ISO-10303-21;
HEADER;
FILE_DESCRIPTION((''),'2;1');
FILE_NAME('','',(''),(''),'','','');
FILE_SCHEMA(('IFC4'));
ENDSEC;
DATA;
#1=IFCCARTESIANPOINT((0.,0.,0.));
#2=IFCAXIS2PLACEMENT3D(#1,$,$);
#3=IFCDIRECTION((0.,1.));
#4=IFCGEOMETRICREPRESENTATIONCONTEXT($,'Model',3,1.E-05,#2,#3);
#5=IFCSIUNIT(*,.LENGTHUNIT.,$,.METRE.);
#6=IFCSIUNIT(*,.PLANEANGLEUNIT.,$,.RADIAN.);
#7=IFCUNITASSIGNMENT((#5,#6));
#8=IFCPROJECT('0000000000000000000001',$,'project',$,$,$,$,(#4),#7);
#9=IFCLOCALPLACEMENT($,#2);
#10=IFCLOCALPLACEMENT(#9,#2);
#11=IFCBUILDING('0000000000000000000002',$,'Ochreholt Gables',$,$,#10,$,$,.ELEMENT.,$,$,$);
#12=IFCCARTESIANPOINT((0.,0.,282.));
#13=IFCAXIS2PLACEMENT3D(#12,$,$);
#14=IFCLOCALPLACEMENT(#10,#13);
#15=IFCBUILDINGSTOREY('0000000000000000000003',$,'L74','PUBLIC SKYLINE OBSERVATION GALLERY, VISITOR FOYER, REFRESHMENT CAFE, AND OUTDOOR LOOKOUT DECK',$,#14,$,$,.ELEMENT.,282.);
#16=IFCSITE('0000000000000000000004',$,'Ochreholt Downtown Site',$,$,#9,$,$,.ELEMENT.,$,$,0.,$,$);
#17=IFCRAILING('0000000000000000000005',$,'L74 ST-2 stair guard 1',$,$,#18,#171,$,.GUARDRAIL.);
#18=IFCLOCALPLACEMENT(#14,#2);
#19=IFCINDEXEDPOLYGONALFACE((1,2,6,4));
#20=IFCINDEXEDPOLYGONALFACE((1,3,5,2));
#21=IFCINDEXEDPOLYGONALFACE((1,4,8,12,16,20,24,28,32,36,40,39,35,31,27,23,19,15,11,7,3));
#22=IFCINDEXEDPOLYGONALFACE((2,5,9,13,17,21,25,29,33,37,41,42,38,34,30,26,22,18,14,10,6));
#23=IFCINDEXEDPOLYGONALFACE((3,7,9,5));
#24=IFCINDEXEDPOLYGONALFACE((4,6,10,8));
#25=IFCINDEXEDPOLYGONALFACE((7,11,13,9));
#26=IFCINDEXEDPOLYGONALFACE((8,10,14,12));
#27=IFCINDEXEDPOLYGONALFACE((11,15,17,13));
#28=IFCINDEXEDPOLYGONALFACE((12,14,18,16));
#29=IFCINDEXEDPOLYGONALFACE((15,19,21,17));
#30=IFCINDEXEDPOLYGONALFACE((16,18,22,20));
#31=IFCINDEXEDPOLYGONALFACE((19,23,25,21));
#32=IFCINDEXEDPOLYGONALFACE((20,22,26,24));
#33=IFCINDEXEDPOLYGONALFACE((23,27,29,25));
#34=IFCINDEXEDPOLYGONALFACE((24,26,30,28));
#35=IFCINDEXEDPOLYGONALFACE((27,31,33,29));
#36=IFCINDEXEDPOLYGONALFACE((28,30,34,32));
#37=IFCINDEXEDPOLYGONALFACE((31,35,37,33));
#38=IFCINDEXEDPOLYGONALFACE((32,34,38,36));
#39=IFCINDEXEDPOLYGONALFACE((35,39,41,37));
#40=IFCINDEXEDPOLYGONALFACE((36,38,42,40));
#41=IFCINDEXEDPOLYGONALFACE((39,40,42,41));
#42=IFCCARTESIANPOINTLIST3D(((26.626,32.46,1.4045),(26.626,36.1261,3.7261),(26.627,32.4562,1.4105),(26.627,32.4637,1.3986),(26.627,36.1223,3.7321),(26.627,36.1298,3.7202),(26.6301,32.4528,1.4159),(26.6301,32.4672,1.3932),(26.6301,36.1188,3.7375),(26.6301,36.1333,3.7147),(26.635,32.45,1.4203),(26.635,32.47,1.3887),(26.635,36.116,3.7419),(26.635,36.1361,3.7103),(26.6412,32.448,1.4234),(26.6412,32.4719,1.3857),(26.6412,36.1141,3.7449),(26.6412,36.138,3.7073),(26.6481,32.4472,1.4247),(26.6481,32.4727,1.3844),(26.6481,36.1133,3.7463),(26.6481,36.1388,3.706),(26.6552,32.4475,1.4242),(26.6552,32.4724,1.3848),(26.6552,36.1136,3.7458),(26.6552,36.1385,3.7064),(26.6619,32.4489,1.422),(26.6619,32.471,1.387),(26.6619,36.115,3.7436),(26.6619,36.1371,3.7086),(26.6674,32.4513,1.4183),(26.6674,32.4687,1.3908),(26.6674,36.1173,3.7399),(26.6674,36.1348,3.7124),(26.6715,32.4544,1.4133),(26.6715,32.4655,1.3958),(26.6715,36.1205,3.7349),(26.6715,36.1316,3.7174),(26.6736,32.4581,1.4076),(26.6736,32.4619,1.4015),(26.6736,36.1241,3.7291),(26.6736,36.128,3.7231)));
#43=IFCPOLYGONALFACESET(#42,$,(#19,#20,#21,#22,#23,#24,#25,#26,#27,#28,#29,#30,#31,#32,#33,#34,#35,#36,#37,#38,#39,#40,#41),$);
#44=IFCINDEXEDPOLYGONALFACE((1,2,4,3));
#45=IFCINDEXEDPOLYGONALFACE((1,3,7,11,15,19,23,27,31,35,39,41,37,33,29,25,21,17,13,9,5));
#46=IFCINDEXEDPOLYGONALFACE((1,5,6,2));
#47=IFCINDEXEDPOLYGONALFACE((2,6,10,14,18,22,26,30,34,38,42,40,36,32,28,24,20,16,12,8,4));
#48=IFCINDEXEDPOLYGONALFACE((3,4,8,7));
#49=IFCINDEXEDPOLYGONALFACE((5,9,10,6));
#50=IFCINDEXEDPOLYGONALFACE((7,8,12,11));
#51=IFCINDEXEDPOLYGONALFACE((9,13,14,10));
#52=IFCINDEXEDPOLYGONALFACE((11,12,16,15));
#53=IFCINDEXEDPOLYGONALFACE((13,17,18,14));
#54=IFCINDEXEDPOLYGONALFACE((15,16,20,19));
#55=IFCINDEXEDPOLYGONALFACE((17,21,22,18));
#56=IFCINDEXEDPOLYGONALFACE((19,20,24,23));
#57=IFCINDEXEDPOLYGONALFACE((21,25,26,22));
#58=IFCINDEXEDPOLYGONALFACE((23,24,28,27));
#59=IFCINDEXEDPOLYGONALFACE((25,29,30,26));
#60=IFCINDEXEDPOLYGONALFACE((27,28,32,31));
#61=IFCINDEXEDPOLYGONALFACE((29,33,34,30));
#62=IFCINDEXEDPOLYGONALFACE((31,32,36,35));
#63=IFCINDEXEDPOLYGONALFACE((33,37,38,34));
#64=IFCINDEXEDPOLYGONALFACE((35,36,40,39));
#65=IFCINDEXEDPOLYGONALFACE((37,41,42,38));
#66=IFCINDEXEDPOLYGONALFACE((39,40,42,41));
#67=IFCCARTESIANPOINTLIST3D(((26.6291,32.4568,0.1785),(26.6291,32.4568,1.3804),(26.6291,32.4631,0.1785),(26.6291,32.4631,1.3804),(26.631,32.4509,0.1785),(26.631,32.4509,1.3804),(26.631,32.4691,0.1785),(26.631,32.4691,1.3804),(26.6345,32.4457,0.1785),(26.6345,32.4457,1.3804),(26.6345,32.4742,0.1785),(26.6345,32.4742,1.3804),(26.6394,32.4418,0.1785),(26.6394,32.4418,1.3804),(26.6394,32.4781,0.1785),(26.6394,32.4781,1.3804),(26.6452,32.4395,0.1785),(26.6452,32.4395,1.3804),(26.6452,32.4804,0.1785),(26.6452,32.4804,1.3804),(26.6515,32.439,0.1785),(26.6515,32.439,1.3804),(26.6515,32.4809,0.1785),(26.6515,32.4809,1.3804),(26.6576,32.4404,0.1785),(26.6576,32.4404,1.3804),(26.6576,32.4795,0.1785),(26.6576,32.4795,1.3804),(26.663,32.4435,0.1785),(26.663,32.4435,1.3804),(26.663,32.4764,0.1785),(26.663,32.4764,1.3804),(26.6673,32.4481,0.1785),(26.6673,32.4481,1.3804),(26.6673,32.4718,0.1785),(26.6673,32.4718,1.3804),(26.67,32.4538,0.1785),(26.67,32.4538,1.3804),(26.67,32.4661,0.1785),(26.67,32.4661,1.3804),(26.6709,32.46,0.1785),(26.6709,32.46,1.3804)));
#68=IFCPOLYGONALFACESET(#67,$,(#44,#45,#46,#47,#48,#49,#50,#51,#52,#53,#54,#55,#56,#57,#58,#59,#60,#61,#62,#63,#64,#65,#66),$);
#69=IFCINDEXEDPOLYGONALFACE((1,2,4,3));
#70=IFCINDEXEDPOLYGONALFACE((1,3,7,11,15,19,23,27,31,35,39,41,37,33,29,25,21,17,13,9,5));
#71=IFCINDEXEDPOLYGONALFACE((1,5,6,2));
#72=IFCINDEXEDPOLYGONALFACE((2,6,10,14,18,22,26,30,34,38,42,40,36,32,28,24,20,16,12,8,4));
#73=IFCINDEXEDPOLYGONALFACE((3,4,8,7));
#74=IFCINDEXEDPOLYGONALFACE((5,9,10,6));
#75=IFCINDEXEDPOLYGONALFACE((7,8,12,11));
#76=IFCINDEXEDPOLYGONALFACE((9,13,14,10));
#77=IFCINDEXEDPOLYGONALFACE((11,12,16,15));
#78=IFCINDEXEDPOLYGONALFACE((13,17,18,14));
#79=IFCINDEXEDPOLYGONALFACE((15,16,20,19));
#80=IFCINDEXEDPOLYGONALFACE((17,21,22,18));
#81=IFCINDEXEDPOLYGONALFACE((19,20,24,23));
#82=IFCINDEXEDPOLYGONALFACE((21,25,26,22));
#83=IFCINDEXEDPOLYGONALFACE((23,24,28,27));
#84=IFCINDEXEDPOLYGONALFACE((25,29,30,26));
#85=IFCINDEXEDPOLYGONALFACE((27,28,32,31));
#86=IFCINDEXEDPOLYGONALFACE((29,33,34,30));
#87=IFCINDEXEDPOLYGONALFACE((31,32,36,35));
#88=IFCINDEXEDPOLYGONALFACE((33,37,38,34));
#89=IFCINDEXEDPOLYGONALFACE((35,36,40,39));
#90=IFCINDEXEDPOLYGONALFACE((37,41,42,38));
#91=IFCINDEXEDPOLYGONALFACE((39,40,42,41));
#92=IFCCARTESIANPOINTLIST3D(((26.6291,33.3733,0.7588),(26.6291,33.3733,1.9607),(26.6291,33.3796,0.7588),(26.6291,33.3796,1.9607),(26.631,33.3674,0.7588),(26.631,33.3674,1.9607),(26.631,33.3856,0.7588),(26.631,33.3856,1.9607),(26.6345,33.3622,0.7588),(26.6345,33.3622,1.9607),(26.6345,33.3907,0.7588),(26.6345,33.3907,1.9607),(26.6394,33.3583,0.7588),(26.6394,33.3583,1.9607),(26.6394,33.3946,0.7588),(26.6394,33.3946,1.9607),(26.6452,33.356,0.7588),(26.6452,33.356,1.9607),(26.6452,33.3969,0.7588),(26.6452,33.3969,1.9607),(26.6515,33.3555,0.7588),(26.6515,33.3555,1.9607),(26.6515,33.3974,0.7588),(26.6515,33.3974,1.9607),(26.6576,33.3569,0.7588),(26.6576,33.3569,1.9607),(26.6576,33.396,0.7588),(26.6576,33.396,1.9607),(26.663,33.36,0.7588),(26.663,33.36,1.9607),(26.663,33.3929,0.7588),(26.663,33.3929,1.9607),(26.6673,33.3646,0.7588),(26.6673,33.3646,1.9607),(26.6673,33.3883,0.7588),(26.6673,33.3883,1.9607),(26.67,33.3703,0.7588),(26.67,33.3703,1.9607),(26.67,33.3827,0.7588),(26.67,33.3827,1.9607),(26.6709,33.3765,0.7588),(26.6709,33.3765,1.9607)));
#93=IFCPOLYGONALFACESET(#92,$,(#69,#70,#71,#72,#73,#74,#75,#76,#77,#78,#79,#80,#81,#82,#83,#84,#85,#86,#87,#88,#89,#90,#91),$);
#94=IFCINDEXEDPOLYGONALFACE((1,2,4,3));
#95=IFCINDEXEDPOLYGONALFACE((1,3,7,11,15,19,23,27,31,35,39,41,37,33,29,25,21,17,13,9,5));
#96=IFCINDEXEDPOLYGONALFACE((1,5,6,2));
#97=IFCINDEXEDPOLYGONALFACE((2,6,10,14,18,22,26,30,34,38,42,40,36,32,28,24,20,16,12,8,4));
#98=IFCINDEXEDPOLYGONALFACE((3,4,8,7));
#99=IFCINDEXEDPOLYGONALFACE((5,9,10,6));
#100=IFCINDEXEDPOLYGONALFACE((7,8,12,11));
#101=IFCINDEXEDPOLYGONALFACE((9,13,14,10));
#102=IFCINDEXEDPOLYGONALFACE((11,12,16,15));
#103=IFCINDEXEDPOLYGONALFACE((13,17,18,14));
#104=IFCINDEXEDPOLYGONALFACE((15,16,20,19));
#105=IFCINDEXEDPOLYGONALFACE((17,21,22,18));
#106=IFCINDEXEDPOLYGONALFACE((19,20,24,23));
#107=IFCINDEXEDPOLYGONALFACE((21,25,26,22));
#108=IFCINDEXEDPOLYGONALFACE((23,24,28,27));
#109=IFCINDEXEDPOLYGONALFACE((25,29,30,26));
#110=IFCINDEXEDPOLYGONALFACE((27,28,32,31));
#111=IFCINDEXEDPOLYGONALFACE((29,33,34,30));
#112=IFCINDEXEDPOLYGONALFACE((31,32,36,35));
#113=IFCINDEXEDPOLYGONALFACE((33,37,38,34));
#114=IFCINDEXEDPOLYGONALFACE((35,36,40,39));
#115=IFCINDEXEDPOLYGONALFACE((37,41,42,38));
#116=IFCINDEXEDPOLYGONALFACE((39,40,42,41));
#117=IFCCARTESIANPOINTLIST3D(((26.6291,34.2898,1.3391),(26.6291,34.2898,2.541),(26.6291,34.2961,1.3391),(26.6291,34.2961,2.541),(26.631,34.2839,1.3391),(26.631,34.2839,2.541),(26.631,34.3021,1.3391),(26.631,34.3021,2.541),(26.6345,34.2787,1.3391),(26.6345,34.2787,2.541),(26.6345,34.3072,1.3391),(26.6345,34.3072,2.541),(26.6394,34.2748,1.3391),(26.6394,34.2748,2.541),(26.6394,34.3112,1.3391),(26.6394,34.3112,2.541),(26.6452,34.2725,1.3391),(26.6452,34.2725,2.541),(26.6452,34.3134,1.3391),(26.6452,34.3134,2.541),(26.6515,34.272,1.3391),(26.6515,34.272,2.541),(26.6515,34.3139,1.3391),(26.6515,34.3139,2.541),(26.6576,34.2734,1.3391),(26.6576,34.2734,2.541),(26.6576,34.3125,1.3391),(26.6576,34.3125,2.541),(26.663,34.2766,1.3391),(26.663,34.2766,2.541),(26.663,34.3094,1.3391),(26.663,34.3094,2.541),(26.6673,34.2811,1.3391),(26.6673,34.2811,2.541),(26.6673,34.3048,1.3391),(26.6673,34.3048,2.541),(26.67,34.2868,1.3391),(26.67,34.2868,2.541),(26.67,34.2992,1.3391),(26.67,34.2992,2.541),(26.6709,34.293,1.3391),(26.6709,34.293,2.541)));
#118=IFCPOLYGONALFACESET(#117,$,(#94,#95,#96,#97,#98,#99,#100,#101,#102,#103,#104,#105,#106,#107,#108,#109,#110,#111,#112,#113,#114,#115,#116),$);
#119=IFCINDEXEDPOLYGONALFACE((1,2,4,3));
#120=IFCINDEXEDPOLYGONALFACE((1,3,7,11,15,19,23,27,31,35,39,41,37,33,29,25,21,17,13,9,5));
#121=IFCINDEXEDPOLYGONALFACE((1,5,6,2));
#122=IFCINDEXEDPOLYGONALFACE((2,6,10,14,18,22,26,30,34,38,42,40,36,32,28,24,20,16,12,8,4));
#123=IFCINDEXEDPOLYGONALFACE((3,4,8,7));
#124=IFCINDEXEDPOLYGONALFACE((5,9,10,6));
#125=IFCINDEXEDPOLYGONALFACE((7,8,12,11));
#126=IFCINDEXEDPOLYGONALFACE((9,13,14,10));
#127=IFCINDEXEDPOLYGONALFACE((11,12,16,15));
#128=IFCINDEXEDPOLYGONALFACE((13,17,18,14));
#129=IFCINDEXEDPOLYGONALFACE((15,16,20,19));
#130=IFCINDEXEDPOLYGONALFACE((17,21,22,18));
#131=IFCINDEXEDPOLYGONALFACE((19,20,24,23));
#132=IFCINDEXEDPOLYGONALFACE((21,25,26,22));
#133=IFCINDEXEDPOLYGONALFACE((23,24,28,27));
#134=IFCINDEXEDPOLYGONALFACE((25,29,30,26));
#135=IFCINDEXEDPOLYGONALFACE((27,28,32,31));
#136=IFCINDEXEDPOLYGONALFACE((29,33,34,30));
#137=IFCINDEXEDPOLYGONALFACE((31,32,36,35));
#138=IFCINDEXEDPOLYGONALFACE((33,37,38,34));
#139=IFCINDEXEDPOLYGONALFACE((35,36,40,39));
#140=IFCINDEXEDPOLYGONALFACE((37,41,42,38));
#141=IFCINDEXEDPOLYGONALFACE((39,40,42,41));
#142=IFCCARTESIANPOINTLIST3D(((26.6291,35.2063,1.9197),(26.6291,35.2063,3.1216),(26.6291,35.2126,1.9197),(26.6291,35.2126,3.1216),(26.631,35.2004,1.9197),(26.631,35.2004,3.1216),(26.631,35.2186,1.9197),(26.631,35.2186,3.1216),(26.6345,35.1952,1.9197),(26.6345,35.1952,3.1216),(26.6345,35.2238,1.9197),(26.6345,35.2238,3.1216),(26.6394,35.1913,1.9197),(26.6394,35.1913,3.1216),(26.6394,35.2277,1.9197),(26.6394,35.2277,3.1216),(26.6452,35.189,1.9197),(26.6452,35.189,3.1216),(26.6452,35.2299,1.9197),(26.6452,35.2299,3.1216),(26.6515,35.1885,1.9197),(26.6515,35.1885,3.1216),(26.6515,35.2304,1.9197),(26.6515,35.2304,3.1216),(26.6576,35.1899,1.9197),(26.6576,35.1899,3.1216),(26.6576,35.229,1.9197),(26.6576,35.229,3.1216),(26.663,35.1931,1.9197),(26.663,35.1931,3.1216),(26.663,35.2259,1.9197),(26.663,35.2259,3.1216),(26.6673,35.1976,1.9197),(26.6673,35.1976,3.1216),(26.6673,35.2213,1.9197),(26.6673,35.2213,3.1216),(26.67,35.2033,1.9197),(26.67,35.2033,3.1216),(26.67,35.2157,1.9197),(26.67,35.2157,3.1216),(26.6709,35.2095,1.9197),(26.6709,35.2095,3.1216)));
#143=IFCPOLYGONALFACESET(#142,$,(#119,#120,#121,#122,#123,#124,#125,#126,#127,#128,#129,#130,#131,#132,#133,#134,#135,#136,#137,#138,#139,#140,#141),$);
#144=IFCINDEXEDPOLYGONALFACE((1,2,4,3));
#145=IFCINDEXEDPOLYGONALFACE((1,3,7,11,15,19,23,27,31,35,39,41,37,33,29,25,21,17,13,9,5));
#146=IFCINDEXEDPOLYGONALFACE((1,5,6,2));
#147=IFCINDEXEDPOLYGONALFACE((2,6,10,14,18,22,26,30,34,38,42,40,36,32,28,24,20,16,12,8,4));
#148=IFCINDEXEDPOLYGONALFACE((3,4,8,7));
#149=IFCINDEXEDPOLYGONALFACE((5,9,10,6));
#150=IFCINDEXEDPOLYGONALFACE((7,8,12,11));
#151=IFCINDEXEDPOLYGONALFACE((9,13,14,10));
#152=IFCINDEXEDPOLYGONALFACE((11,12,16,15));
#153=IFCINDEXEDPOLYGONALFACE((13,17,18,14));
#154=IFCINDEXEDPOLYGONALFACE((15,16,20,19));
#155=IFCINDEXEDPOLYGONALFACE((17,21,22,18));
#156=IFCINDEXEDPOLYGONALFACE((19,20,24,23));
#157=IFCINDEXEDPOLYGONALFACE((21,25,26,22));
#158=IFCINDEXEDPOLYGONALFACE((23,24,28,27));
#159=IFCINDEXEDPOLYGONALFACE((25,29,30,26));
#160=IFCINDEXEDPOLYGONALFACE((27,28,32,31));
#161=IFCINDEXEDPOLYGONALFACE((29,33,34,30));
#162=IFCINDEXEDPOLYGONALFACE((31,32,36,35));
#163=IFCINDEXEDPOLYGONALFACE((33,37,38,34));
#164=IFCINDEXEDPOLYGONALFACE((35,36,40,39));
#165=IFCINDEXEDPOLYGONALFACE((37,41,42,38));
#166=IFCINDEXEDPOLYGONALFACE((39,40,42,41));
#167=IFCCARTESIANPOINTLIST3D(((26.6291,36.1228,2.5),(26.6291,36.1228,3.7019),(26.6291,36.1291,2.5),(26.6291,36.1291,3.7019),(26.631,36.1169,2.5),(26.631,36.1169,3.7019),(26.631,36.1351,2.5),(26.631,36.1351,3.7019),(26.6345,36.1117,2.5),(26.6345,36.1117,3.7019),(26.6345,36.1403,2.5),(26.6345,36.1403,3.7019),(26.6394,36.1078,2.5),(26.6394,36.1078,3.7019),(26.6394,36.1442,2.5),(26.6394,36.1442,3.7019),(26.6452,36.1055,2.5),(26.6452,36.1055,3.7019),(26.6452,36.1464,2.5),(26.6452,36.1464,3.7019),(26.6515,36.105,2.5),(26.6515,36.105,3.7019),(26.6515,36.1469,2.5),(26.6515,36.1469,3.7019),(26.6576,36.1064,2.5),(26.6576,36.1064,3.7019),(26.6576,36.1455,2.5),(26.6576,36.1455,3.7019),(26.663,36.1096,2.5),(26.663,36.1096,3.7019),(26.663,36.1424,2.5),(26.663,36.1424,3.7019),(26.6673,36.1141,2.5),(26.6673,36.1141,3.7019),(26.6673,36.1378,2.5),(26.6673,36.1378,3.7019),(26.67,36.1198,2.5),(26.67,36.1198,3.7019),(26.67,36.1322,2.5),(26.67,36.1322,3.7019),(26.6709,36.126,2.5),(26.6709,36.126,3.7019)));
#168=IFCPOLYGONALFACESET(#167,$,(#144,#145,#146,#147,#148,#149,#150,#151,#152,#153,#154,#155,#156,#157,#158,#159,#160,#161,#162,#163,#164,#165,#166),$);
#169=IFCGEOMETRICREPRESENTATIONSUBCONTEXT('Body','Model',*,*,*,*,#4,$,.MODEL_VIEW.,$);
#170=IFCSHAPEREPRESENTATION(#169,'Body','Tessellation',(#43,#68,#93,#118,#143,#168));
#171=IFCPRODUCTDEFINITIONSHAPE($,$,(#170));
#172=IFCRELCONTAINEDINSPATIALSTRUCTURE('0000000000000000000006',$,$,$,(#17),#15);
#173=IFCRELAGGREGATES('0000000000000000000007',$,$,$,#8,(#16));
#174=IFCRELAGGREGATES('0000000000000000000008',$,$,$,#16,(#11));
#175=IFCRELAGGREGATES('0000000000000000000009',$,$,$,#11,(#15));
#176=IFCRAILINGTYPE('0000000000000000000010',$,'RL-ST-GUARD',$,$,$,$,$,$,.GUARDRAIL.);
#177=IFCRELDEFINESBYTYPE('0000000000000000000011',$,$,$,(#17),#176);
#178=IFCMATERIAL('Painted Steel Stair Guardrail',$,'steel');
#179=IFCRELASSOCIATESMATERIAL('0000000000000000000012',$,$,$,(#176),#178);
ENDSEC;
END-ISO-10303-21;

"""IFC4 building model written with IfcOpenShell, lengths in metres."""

from ifc_helpers import new_model, si_unit, direction, frame, origin, origin_2d, place, context, subcontext, project, spatial, circle, extrude, material, type_object, element, save


model = new_model("IFC4")

# Units and contexts
model_context = context("Model", 3, precision=1e-05, world=origin(), true_north=direction((0.0, 1.0)))
body_context = subcontext(model_context, "Body", "Model", "MODEL_VIEW")
ifc_project = project(units=[si_unit("LENGTHUNIT", "METRE"), si_unit("PLANEANGLEUNIT", "RADIAN")], contexts=[model_context])

# Site, building, storey
site_placement = place(None, origin())
site = spatial("IfcSite", under=ifc_project, at=site_placement, Name="Ochreholt Downtown Site", CompositionType="ELEMENT", RefElevation=0.0)
building_placement = place(site_placement, origin())
building = spatial("IfcBuilding", under=site, at=building_placement, Name="Ochreholt Gables", CompositionType="ELEMENT")
storey_placement = place(building_placement, frame((0.0, 0.0, 282.0)))
storey = spatial("IfcBuildingStorey", under=building, at=storey_placement, Name="L74", Description="PUBLIC SKYLINE OBSERVATION GALLERY, VISITOR FOYER, REFRESHMENT CAFE, AND OUTDOOR LOOKOUT DECK", CompositionType="ELEMENT", Elevation=282.0)

# Railing
ifc_material_1 = material(Name="Painted Steel Stair Guardrail", Category="steel")
railing_type_1 = type_object("IfcRailingType", Name="RL-ST-GUARD", PredefinedType="GUARDRAIL", material=ifc_material_1)
railing_1_placement = place(storey_placement, frame((26.6499, 32.46, 0.1785)))
element("IfcRailing", 1, at=railing_1_placement, inside=storey, type_object=railing_type_1, Name="L74 ST-2 stair guard 1", PredefinedType="GUARDRAIL", context=body_context, shape_type="SweptSolid", body=[
    extrude(circle(Radius=0.0239, at=origin_2d()), frame((0.0, 0.0, 1.2261), z_axis=(0.0, 0.844848, 0.535007), x_axis=(-1.0, 0.0, 0.0)), (0.0, 0.0, 1.0), 4.3394),
    extrude(circle(Radius=0.021, at=origin_2d()), origin(), (0.0, 0.0, 1.0), 1.2019),
    extrude(circle(Radius=0.021, at=origin_2d()), frame((0.0, 0.9165, 0.5803)), (0.0, 0.0, 1.0), 1.2019),
    extrude(circle(Radius=0.021, at=origin_2d()), frame((0.0, 1.833, 1.1606)), (0.0, 0.0, 1.0), 1.2019),
    extrude(circle(Radius=0.021, at=origin_2d()), frame((0.0, 2.7495, 1.7412)), (0.0, 0.0, 1.0), 1.2019),
    extrude(circle(Radius=0.021, at=origin_2d()), frame((0.0, 3.666, 2.3215)), (0.0, 0.0, 1.0), 1.2019),
])

save(model, "model.ifc")
